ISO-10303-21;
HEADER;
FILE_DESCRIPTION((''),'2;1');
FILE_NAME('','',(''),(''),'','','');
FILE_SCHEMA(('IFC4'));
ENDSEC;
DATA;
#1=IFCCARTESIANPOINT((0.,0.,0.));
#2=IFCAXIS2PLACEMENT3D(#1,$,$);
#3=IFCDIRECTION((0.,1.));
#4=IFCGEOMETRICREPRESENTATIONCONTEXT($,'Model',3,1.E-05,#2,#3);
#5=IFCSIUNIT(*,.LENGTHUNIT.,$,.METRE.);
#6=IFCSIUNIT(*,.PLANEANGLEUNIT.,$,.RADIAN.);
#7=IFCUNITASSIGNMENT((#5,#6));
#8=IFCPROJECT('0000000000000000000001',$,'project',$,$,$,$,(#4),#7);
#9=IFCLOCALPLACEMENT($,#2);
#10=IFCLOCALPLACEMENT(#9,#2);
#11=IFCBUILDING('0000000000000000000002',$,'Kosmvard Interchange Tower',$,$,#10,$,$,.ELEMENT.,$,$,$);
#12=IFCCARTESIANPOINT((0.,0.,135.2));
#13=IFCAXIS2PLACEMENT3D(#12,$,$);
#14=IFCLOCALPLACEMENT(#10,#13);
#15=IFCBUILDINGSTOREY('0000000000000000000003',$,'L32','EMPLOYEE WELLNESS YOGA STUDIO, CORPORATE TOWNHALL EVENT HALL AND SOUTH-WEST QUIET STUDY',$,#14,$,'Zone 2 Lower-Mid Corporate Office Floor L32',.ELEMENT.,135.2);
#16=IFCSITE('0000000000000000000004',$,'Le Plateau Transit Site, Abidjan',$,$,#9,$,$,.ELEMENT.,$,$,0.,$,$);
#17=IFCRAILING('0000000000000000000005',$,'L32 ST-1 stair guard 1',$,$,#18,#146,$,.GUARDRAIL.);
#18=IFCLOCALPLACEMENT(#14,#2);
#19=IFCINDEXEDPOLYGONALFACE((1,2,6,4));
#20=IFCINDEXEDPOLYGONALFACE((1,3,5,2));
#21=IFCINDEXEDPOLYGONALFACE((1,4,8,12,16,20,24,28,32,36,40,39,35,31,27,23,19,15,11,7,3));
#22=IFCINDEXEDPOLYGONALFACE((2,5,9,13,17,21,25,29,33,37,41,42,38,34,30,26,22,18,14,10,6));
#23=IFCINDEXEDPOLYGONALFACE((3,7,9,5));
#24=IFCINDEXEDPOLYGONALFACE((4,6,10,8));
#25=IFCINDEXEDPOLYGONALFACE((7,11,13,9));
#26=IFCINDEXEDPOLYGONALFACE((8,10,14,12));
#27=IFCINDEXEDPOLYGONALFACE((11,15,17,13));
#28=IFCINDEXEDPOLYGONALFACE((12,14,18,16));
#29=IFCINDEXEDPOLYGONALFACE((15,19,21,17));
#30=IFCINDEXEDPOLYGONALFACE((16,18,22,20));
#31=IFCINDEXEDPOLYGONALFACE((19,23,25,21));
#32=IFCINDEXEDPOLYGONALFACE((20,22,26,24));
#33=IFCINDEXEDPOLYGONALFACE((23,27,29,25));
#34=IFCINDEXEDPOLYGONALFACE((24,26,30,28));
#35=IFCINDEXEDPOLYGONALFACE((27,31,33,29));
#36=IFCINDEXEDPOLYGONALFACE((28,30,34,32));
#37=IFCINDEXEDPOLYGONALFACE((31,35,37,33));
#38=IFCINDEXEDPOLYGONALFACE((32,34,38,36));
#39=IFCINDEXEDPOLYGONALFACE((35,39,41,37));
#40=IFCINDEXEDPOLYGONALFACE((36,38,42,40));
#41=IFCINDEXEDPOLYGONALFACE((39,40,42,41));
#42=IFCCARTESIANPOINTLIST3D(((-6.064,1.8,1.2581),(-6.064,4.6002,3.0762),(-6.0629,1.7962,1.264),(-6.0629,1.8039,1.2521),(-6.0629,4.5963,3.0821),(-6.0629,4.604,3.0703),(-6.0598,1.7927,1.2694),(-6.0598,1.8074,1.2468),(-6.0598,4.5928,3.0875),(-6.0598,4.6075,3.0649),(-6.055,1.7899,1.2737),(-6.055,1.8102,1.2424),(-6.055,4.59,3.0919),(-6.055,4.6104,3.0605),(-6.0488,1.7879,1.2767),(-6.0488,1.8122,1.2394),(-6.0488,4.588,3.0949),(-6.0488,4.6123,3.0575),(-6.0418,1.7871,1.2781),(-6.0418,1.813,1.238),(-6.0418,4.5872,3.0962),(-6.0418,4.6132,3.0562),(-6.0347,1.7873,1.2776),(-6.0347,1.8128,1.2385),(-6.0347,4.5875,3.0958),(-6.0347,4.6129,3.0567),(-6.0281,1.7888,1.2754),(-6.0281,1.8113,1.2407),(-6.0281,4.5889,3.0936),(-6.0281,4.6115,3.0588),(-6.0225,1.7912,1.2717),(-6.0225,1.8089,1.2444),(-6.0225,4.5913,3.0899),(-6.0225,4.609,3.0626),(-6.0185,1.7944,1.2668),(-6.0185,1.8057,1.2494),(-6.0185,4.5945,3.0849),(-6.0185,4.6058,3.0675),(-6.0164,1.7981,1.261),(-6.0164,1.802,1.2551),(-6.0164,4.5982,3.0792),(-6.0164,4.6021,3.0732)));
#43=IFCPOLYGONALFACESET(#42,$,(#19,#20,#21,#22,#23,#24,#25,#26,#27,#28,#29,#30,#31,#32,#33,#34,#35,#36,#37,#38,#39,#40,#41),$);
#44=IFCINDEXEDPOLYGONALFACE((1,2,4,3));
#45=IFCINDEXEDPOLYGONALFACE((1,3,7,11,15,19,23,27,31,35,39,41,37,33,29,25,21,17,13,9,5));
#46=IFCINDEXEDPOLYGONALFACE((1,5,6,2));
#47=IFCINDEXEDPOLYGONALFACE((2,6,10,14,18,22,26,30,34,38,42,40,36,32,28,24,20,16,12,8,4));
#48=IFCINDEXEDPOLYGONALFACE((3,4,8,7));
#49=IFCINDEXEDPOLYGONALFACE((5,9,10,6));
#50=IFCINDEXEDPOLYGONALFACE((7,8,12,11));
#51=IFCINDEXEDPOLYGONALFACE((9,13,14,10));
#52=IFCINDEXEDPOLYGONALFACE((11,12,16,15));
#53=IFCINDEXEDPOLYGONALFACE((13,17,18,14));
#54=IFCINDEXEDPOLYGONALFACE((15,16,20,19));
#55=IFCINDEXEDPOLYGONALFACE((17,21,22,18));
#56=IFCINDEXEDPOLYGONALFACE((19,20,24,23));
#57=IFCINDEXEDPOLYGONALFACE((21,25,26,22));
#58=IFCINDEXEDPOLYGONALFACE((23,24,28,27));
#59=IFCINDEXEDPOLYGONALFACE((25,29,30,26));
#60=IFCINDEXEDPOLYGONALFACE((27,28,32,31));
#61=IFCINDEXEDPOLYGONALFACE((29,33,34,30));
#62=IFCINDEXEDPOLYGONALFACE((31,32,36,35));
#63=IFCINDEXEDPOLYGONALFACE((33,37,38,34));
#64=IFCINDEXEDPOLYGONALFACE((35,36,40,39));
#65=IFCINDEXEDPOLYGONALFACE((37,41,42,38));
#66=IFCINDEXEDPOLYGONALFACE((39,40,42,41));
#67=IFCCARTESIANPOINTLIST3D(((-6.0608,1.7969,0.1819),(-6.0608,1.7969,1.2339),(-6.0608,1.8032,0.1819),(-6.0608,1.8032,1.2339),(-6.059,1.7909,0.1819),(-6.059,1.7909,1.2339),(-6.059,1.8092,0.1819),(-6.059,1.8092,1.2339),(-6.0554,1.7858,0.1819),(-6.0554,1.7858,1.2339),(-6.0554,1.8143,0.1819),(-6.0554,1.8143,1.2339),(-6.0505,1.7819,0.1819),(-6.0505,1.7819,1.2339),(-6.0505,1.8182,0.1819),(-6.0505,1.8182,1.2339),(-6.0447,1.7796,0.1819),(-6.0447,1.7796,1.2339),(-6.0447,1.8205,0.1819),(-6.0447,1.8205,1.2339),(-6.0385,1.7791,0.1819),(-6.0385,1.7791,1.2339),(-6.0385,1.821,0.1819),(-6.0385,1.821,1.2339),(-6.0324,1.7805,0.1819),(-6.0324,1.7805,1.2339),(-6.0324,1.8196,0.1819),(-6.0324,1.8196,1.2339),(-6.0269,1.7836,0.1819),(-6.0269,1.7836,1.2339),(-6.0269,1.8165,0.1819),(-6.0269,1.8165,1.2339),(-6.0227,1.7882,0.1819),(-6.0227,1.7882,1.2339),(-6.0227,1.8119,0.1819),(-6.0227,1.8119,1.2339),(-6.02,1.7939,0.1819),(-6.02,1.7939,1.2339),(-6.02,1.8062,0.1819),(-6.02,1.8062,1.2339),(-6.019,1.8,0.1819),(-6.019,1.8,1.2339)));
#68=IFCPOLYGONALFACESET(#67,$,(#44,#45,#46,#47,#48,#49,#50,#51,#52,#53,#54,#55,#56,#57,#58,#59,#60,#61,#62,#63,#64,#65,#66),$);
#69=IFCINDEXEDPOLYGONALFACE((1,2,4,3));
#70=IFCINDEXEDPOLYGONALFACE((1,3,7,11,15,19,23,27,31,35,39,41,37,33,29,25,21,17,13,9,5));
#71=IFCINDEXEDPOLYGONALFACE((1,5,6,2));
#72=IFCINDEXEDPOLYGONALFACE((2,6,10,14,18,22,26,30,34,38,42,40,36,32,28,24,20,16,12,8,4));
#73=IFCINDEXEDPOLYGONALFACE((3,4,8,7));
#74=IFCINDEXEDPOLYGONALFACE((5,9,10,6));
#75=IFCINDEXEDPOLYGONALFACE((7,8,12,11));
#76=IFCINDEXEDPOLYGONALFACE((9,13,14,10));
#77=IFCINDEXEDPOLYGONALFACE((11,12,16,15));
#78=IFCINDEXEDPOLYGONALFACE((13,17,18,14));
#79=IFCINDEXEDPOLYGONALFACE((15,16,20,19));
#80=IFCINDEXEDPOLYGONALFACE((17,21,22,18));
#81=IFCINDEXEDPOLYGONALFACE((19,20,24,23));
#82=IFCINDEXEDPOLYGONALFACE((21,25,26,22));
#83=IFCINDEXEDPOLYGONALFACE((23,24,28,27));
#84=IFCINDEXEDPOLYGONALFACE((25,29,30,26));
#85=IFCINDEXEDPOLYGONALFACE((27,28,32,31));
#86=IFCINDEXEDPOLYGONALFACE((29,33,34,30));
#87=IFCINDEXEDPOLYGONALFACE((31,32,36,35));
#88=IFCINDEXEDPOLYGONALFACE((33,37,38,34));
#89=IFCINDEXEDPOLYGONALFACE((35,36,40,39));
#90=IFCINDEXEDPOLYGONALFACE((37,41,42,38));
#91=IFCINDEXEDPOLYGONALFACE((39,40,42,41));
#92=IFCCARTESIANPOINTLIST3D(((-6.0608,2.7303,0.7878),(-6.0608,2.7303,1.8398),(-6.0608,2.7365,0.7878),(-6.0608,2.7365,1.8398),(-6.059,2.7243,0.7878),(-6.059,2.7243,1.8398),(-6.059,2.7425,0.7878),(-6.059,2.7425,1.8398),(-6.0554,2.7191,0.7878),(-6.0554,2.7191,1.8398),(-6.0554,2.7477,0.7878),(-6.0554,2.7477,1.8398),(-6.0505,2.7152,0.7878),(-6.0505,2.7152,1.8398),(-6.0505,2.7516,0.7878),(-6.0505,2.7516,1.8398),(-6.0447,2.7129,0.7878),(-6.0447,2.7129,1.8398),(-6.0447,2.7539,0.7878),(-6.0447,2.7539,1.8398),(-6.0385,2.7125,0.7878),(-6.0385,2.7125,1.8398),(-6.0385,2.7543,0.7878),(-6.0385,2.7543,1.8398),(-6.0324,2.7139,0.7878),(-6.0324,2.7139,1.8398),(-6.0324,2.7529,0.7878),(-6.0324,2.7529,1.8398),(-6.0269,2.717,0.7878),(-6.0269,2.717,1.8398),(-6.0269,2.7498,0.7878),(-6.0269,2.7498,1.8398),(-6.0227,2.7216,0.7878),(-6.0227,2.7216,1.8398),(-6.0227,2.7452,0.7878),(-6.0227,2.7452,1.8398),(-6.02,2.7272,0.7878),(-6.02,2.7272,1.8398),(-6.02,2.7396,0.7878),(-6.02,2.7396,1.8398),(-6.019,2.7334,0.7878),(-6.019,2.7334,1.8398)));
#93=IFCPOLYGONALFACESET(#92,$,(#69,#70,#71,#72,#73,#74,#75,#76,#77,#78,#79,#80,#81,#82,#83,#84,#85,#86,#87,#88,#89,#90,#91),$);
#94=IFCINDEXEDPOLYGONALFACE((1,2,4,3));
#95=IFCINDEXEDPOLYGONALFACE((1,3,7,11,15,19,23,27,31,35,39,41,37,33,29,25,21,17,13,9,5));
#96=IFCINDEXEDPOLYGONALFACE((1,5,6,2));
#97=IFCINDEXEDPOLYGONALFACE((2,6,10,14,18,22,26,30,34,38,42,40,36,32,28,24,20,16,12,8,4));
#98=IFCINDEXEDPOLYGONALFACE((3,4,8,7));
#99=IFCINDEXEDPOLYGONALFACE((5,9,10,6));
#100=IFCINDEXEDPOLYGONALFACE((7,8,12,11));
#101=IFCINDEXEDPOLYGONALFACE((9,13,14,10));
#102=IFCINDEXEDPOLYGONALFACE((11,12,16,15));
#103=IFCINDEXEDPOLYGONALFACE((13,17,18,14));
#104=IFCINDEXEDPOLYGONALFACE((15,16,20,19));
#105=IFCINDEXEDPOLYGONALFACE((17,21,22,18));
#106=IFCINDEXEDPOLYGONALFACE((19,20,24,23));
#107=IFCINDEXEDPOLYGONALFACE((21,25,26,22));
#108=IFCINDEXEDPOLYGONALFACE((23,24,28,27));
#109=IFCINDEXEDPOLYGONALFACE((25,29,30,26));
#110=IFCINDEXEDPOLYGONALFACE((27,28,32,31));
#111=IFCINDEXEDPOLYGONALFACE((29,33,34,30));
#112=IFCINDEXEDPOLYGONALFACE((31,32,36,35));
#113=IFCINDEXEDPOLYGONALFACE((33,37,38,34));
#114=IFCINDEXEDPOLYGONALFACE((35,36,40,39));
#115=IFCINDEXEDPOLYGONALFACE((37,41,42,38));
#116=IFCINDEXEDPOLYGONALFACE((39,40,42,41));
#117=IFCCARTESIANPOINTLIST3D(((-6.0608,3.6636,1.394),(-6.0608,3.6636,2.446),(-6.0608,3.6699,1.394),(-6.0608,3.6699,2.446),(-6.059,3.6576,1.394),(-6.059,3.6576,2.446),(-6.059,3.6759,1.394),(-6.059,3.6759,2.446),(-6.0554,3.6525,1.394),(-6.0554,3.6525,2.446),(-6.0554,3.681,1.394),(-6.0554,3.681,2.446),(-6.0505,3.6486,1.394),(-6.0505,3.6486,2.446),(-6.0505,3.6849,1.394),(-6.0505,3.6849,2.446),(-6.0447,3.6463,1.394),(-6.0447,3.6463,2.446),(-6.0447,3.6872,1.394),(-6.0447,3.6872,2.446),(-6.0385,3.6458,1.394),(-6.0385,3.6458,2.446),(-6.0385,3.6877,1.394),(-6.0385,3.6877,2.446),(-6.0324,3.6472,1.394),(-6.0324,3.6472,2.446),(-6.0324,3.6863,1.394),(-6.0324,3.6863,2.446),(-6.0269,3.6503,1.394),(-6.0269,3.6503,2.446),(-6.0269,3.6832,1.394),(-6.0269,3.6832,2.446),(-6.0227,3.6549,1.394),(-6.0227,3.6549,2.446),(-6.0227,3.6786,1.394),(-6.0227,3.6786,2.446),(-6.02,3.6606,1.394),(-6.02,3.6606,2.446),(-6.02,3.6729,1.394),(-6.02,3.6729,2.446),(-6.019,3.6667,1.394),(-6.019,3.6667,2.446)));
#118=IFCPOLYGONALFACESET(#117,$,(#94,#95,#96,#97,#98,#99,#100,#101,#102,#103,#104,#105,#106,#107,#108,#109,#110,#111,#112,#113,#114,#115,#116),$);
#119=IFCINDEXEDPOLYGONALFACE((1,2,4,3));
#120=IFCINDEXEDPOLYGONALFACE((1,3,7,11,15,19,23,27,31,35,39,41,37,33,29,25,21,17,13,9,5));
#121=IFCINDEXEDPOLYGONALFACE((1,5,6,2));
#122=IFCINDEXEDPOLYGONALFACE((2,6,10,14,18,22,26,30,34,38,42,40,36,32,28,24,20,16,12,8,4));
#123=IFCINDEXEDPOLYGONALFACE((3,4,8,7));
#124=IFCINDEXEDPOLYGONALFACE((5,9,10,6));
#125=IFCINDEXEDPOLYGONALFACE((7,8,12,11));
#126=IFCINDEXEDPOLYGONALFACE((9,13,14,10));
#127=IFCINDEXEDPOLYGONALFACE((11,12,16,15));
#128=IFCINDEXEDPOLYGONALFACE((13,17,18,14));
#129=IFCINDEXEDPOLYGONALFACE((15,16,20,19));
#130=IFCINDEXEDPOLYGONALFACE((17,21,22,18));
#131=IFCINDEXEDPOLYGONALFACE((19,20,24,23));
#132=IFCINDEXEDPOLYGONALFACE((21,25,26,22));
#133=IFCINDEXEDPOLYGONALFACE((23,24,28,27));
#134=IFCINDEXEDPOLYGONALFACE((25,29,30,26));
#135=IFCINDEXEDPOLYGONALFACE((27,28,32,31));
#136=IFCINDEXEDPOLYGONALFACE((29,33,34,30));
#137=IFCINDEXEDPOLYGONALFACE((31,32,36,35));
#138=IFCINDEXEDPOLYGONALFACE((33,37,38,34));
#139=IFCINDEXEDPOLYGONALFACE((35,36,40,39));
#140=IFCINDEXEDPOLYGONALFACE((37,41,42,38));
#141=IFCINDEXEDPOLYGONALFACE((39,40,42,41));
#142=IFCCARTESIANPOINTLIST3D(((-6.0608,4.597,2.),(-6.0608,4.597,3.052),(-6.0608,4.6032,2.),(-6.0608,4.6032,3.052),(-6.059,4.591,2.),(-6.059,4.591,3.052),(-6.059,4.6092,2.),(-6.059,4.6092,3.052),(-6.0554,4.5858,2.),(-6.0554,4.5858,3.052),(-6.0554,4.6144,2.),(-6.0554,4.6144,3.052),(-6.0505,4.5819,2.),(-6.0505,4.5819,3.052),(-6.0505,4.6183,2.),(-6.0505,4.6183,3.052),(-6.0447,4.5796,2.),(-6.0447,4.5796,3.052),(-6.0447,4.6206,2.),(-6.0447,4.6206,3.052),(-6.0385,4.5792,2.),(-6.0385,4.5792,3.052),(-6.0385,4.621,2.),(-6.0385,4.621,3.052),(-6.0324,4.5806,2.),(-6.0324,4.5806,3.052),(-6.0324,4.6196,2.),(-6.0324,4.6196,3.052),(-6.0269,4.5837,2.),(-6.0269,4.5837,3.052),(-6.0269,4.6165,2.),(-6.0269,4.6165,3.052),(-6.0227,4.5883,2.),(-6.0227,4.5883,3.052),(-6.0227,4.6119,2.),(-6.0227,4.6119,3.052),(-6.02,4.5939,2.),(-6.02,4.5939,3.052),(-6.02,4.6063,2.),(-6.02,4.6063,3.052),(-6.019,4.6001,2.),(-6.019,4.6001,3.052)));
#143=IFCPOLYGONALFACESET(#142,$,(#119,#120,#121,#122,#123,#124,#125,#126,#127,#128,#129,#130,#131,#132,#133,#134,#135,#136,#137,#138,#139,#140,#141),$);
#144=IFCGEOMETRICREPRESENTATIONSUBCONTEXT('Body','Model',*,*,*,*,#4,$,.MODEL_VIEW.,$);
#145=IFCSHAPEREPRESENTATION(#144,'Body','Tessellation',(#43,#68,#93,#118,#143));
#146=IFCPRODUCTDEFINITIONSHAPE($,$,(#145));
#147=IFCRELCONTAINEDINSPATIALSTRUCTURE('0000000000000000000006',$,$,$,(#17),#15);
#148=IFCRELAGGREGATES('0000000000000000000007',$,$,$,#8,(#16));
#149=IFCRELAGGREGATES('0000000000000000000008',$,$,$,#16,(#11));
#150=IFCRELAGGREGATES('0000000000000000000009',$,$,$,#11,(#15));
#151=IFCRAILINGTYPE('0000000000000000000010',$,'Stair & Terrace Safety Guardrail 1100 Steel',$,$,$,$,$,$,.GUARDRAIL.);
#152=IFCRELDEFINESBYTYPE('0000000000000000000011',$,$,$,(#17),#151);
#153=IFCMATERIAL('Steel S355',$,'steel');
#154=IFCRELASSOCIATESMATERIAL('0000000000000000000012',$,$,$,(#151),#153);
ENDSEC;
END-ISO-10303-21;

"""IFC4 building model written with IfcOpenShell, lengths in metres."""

from ifc_helpers import new_model, si_unit, direction, frame, origin, origin_2d, place, context, subcontext, project, spatial, circle, extrude, source, transform, mapped, material, type_object, element, save


model = new_model("IFC4")

# Units and contexts
model_context = context("Model", 3, precision=1e-05, world=origin(), true_north=direction((0.0, 1.0)))
body_context = subcontext(model_context, "Body", "Model", "MODEL_VIEW")
ifc_project = project(units=[si_unit("LENGTHUNIT", "METRE"), si_unit("PLANEANGLEUNIT", "RADIAN")], contexts=[model_context])

# Site, building, storey
site_placement = place(None, origin())
site = spatial("IfcSite", under=ifc_project, at=site_placement, Name="Le Plateau Transit Site, Abidjan", CompositionType="ELEMENT", RefElevation=0.0)
building_placement = place(site_placement, origin())
building = spatial("IfcBuilding", under=site, at=building_placement, Name="Kosmvard Interchange Tower", CompositionType="ELEMENT")
storey_placement = place(building_placement, frame((0.0, 0.0, 135.2)))
storey = spatial("IfcBuildingStorey", under=building, at=storey_placement, Name="L32", Description="EMPLOYEE WELLNESS YOGA STUDIO, CORPORATE TOWNHALL EVENT HALL AND SOUTH-WEST QUIET STUDY", LongName="Zone 2 Lower-Mid Corporate Office Floor L32", CompositionType="ELEMENT", Elevation=135.2)

# Shared definitions
ifc_material_1 = material(Name="Steel S355", Category="steel")

# Railing
railing_type_1 = type_object("IfcRailingType", Name="Stair & Terrace Safety Guardrail 1100 Steel", PredefinedType="GUARDRAIL", material=ifc_material_1)
shared_shape_1 = source(origin(), body_context, "Body", "SweptSolid", [
    extrude(circle(Radius=0.0239, at=origin_2d()), frame((0.0, 0.0, 1.0762), z_axis=(0.0, 0.838706, 0.544585), x_axis=(-1.0, 0.0, 0.0)), (0.0, 0.0, 1.0), 3.3386),
    extrude(circle(Radius=0.021, at=origin_2d()), origin(), (0.0, 0.0, 1.0), 1.052),
    extrude(circle(Radius=0.021, at=origin_2d()), frame((0.0, 0.9333, 0.606)), (0.0, 0.0, 1.0), 1.052),
    extrude(circle(Radius=0.021, at=origin_2d()), frame((0.0, 1.8667, 1.2122)), (0.0, 0.0, 1.0), 1.052),
    extrude(circle(Radius=0.021, at=origin_2d()), frame((0.0, 2.8, 1.8181)), (0.0, 0.0, 1.0), 1.052),
])
railing_1_placement = place(storey_placement, frame((-6.04, 1.8, 0.1819)))
element("IfcRailing", 1, at=railing_1_placement, inside=storey, type_object=railing_type_1, Name="L32 ST-1 stair guard 1", PredefinedType="GUARDRAIL", context=body_context, shape_type="MappedRepresentation", body=[
    mapped(shared_shape_1, transform((0.0, 0.0, 0.0), scale=1.0)),
])

save(model, "model.ifc")
